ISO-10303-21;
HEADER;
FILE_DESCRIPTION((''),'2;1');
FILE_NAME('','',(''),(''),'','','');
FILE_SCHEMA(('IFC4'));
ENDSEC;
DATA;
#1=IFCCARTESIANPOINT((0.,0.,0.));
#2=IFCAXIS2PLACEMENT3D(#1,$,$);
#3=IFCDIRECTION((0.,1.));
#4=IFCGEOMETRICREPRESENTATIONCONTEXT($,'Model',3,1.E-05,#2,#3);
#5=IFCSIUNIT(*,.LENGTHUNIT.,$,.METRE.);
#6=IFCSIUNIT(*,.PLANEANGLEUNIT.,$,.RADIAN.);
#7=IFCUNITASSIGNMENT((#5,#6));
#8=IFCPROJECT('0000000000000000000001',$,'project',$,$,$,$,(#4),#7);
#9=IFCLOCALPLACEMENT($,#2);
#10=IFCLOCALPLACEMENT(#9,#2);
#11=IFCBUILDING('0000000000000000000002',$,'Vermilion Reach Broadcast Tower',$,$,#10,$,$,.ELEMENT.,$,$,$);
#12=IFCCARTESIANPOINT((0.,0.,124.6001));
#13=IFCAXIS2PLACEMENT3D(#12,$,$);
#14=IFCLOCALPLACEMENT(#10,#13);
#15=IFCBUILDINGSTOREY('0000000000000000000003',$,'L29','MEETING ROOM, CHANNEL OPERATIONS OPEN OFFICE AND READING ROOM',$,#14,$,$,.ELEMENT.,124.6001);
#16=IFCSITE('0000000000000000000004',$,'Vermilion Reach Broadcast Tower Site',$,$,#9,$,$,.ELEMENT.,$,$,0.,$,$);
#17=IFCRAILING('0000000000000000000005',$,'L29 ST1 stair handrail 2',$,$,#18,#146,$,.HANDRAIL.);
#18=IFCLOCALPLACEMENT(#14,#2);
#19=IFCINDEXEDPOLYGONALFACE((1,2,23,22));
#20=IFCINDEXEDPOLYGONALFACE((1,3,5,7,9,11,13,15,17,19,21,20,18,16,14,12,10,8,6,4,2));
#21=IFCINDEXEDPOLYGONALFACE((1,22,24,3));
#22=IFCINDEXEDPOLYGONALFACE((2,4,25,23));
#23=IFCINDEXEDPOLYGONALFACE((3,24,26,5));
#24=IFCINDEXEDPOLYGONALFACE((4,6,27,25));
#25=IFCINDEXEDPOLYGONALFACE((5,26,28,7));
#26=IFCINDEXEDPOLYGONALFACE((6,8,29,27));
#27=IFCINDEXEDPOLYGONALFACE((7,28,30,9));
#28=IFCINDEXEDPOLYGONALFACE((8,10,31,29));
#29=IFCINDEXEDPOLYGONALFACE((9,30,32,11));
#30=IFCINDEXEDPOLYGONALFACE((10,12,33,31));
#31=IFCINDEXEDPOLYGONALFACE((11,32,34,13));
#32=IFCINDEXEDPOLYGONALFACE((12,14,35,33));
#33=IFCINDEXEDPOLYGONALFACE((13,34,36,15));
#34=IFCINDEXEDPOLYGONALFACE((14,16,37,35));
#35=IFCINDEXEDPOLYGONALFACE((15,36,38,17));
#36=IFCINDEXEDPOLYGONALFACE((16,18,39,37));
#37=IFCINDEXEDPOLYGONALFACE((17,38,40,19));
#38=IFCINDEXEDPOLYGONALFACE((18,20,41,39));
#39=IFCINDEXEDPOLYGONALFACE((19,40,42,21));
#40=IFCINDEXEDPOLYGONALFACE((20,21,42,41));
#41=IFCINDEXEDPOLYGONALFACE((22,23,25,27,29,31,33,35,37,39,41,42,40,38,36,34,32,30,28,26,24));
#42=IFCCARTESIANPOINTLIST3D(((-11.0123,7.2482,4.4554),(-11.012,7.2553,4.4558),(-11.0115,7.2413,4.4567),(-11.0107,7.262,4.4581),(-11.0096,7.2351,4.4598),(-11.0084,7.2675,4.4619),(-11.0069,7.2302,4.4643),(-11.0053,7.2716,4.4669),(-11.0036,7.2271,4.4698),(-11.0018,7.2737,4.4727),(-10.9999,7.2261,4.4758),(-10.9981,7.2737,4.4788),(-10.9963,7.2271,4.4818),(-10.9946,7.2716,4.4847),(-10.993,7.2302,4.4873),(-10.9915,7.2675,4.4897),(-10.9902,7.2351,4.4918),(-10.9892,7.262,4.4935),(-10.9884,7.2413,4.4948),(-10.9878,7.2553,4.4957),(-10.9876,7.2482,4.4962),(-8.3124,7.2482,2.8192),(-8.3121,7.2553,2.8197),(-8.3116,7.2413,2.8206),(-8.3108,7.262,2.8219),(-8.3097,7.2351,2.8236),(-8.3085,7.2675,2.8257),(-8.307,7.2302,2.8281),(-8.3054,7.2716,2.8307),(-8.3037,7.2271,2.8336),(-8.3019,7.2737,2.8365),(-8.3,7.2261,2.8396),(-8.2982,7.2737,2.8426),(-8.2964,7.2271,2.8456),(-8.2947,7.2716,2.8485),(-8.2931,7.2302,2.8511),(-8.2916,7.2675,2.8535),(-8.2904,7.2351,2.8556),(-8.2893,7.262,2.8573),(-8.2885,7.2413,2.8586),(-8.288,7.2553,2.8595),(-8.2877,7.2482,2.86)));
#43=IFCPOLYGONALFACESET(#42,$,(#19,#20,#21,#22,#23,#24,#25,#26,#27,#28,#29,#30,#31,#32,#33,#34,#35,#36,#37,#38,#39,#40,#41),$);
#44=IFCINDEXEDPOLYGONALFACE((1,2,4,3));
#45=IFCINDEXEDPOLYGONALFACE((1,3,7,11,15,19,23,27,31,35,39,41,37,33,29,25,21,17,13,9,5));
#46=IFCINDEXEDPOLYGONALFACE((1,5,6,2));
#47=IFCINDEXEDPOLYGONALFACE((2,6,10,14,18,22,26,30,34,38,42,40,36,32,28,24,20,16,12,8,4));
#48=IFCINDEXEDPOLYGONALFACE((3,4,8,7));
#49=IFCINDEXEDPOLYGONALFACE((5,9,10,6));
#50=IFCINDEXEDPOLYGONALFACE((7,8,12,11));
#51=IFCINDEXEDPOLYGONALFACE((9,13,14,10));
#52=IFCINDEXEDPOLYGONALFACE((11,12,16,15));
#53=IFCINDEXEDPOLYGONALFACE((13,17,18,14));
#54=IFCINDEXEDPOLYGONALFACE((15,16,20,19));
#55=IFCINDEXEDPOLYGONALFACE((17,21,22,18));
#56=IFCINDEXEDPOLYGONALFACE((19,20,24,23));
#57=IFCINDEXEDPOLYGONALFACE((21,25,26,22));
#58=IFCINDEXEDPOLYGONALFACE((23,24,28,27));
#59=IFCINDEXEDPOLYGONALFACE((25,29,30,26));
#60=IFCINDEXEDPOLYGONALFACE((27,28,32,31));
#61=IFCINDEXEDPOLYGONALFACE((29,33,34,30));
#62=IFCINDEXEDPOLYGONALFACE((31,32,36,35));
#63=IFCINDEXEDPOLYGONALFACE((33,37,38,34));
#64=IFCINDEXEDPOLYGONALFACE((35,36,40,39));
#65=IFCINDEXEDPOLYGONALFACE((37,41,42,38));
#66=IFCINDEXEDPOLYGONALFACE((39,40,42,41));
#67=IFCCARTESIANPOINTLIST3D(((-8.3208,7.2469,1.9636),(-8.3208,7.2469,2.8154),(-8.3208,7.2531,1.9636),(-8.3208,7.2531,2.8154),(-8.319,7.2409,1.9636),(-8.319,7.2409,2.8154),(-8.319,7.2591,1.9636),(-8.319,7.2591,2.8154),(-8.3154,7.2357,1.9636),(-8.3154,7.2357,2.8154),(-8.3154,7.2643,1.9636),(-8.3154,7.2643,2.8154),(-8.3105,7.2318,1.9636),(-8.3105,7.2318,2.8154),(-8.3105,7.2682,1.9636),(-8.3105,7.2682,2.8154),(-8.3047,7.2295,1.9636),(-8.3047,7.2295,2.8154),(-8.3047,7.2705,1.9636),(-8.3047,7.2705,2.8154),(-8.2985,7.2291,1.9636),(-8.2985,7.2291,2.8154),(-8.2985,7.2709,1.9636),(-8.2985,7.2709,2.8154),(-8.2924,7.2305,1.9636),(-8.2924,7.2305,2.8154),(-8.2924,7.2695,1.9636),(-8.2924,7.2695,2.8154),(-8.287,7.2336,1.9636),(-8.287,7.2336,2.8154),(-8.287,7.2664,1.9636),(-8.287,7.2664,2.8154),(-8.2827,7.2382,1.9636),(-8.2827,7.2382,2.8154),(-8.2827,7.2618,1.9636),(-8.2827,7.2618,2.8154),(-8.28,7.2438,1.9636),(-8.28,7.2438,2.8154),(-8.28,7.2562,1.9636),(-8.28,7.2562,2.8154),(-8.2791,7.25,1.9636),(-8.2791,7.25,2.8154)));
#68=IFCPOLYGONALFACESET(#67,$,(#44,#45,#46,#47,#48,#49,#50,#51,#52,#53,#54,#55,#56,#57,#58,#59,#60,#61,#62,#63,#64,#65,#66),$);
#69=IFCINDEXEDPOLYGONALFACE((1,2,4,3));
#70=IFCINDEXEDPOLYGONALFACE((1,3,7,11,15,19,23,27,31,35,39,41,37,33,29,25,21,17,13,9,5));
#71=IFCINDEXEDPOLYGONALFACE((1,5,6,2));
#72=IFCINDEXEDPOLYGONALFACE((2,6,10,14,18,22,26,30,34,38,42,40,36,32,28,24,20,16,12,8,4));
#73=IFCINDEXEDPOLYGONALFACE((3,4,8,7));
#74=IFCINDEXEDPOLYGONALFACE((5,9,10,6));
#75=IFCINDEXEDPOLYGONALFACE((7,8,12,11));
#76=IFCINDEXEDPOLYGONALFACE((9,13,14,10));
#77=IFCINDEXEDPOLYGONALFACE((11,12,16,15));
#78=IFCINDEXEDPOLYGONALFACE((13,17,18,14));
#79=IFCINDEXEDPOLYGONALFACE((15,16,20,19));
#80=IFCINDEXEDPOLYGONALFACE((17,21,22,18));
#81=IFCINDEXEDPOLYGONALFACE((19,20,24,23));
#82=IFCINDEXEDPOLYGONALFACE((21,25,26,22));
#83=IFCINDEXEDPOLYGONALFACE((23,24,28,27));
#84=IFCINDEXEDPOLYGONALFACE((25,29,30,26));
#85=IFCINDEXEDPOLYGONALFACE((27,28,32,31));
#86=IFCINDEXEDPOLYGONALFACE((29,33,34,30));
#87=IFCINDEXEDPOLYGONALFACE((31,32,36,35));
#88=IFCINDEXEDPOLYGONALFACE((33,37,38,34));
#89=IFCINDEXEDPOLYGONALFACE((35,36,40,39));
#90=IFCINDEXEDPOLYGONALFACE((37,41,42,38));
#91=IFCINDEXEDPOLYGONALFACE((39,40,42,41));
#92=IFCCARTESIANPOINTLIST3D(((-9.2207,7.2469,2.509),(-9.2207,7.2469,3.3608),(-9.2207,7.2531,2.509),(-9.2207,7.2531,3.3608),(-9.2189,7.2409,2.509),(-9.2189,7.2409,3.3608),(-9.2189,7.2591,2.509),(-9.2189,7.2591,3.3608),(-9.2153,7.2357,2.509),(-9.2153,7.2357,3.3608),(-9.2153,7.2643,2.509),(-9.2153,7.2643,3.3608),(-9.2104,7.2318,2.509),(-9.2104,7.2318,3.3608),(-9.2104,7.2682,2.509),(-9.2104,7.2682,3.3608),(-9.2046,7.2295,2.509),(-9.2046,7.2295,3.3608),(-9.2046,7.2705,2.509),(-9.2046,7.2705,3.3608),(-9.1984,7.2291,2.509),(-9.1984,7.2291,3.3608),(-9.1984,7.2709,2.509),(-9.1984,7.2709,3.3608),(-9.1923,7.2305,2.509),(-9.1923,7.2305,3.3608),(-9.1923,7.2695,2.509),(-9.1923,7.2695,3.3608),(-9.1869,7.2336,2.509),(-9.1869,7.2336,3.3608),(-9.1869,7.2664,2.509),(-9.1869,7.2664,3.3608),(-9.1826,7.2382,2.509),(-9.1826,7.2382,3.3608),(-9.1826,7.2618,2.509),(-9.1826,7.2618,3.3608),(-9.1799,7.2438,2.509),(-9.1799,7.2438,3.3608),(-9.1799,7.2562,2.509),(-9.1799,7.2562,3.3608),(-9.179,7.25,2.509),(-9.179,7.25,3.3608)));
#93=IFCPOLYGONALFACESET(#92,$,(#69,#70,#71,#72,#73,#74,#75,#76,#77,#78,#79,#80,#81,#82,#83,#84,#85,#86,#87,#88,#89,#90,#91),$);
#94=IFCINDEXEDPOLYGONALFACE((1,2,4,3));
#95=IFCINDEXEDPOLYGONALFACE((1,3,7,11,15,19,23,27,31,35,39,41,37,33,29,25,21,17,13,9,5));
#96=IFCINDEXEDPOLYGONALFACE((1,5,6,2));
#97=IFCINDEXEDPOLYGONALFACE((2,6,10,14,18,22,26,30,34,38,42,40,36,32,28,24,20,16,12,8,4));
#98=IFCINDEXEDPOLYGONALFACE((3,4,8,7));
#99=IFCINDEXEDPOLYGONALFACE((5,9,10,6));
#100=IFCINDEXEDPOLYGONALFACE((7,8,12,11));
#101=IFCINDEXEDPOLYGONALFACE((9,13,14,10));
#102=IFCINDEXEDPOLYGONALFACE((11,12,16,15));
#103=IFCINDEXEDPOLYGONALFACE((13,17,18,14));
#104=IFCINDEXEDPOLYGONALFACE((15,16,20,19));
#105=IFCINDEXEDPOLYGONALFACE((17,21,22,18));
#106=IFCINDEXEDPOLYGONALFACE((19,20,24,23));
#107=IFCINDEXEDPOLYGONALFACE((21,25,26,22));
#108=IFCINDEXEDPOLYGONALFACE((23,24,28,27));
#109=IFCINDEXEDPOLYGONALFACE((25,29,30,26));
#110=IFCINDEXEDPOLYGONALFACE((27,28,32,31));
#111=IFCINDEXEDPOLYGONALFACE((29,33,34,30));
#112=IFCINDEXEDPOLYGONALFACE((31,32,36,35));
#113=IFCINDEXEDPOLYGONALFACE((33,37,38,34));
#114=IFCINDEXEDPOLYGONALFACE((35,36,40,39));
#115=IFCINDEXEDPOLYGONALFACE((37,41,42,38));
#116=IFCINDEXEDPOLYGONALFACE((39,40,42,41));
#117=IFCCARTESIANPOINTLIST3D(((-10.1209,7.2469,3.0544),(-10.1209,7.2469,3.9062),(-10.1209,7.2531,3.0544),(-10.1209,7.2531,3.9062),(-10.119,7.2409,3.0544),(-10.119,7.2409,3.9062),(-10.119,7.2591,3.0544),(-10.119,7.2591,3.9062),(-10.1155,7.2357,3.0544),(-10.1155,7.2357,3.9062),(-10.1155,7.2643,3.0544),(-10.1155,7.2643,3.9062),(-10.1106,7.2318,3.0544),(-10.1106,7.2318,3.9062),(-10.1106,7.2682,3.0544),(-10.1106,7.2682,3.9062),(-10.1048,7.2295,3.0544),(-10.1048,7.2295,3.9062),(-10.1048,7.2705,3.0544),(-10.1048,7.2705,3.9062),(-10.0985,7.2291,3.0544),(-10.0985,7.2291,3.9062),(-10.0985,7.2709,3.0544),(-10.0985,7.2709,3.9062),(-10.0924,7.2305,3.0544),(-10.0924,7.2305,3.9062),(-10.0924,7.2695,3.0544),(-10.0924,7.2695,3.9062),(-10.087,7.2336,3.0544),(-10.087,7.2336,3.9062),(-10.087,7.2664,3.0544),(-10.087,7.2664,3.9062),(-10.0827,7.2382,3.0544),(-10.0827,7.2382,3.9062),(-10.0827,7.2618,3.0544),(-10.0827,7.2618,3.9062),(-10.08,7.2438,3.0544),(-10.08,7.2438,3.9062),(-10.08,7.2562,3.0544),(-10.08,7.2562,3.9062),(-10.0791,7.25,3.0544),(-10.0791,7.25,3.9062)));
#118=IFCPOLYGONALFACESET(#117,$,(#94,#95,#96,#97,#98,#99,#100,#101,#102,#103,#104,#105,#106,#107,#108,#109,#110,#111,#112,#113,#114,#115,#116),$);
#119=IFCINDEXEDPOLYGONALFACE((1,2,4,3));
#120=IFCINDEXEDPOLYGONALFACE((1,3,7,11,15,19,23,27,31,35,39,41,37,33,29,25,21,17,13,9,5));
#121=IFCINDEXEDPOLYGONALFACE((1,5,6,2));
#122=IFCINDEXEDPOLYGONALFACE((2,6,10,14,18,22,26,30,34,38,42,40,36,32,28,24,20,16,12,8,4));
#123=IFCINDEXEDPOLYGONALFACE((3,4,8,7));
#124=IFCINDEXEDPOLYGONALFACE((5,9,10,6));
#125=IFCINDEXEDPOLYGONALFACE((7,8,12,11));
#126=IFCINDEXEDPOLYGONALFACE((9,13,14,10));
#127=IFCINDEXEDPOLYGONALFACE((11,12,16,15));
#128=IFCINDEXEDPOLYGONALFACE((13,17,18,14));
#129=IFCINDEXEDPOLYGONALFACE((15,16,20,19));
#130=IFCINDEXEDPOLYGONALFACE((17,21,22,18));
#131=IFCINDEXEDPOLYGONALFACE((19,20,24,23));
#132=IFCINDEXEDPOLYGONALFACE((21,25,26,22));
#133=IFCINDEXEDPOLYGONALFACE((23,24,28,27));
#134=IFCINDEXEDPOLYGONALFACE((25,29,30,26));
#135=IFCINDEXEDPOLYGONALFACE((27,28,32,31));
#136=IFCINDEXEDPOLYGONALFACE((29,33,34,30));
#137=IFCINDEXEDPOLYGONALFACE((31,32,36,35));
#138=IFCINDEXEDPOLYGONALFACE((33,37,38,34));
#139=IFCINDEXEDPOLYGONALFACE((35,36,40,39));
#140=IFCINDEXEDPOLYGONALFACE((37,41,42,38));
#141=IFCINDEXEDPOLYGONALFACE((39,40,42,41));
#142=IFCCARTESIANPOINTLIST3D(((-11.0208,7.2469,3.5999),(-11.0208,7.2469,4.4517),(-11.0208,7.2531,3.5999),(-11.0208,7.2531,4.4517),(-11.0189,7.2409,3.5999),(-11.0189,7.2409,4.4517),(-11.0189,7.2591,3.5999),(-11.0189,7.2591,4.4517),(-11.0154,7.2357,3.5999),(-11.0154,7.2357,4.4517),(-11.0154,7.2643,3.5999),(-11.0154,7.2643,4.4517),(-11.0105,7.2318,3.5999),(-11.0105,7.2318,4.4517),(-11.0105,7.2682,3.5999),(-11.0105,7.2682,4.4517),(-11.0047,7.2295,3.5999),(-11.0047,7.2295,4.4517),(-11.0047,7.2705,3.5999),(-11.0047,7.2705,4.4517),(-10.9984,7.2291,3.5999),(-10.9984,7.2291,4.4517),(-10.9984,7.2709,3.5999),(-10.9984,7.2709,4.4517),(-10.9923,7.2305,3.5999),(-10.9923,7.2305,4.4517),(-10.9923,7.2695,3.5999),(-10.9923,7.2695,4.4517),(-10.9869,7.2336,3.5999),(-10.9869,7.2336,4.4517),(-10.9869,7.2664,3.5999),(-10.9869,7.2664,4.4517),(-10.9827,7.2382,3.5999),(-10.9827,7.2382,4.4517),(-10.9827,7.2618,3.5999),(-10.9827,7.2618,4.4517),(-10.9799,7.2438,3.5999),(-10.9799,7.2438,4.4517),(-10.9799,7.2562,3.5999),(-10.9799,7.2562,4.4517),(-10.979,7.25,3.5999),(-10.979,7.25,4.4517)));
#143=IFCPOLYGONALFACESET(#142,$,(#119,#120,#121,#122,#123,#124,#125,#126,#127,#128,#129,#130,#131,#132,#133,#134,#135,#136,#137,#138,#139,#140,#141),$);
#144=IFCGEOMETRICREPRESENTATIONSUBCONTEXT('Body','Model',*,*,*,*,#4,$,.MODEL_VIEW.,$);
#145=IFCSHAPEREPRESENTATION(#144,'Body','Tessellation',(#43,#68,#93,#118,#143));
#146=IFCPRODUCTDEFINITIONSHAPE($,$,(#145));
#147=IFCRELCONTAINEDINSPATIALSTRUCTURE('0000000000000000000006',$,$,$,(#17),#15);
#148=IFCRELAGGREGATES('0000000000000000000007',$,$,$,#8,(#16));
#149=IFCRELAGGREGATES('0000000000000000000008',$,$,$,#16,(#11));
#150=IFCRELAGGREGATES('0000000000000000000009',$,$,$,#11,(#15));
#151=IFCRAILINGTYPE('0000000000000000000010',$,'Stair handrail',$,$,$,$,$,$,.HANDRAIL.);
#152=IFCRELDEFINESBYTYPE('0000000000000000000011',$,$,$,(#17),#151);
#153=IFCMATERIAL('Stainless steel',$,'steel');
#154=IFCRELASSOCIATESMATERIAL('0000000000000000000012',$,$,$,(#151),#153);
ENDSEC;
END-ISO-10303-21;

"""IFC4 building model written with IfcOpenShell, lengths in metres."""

from ifc_helpers import new_model, si_unit, direction, frame, origin, origin_2d, place, context, subcontext, project, spatial, circle, extrude, material, type_object, element, save


model = new_model("IFC4")

# Units and contexts
model_context = context("Model", 3, precision=1e-05, world=origin(), true_north=direction((0.0, 1.0)))
body_context = subcontext(model_context, "Body", "Model", "MODEL_VIEW")
ifc_project = project(units=[si_unit("LENGTHUNIT", "METRE"), si_unit("PLANEANGLEUNIT", "RADIAN")], contexts=[model_context])

# Site, building, storey
site_placement = place(None, origin())
site = spatial("IfcSite", under=ifc_project, at=site_placement, Name="Vermilion Reach Broadcast Tower Site", CompositionType="ELEMENT", RefElevation=0.0)
building_placement = place(site_placement, origin())
building = spatial("IfcBuilding", under=site, at=building_placement, Name="Vermilion Reach Broadcast Tower", CompositionType="ELEMENT")
storey_placement = place(building_placement, frame((0.0, 0.0, 124.6001)))
storey = spatial("IfcBuildingStorey", under=building, at=storey_placement, Name="L29", Description="MEETING ROOM, CHANNEL OPERATIONS OPEN OFFICE AND READING ROOM", CompositionType="ELEMENT", Elevation=124.6001)

# Railing
ifc_material_1 = material(Name="Stainless steel", Category="steel")
railing_type_1 = type_object("IfcRailingType", Name="Stair handrail", PredefinedType="HANDRAIL", material=ifc_material_1)
railing_1_placement = place(storey_placement, frame((-8.3, 7.25, 1.9636)))
element("IfcRailing", 1, at=railing_1_placement, inside=storey, type_object=railing_type_1, Name="L29 ST1 stair handrail 2", PredefinedType="HANDRAIL", context=body_context, shape_type="SweptSolid", body=[
    extrude(circle(Radius=0.0239, at=origin_2d()), frame((0.0, 0.0, 0.876), z_axis=(-0.855212, 0.0, 0.518278), x_axis=(0.0, -1.0, 0.0)), (0.0, 0.0, 1.0), 3.157),
    extrude(circle(Radius=0.021, at=origin_2d()), origin(), (0.0, 0.0, 1.0), 0.8518),
    extrude(circle(Radius=0.021, at=origin_2d()), frame((-0.8999, 0.0, 0.5454)), (0.0, 0.0, 1.0), 0.8518),
    extrude(circle(Radius=0.021, at=origin_2d()), frame((-1.8, 0.0, 1.0908)), (0.0, 0.0, 1.0), 0.8518),
    extrude(circle(Radius=0.021, at=origin_2d()), frame((-2.7, 0.0, 1.6362)), (0.0, 0.0, 1.0), 0.8518),
])

save(model, "model.ifc")
